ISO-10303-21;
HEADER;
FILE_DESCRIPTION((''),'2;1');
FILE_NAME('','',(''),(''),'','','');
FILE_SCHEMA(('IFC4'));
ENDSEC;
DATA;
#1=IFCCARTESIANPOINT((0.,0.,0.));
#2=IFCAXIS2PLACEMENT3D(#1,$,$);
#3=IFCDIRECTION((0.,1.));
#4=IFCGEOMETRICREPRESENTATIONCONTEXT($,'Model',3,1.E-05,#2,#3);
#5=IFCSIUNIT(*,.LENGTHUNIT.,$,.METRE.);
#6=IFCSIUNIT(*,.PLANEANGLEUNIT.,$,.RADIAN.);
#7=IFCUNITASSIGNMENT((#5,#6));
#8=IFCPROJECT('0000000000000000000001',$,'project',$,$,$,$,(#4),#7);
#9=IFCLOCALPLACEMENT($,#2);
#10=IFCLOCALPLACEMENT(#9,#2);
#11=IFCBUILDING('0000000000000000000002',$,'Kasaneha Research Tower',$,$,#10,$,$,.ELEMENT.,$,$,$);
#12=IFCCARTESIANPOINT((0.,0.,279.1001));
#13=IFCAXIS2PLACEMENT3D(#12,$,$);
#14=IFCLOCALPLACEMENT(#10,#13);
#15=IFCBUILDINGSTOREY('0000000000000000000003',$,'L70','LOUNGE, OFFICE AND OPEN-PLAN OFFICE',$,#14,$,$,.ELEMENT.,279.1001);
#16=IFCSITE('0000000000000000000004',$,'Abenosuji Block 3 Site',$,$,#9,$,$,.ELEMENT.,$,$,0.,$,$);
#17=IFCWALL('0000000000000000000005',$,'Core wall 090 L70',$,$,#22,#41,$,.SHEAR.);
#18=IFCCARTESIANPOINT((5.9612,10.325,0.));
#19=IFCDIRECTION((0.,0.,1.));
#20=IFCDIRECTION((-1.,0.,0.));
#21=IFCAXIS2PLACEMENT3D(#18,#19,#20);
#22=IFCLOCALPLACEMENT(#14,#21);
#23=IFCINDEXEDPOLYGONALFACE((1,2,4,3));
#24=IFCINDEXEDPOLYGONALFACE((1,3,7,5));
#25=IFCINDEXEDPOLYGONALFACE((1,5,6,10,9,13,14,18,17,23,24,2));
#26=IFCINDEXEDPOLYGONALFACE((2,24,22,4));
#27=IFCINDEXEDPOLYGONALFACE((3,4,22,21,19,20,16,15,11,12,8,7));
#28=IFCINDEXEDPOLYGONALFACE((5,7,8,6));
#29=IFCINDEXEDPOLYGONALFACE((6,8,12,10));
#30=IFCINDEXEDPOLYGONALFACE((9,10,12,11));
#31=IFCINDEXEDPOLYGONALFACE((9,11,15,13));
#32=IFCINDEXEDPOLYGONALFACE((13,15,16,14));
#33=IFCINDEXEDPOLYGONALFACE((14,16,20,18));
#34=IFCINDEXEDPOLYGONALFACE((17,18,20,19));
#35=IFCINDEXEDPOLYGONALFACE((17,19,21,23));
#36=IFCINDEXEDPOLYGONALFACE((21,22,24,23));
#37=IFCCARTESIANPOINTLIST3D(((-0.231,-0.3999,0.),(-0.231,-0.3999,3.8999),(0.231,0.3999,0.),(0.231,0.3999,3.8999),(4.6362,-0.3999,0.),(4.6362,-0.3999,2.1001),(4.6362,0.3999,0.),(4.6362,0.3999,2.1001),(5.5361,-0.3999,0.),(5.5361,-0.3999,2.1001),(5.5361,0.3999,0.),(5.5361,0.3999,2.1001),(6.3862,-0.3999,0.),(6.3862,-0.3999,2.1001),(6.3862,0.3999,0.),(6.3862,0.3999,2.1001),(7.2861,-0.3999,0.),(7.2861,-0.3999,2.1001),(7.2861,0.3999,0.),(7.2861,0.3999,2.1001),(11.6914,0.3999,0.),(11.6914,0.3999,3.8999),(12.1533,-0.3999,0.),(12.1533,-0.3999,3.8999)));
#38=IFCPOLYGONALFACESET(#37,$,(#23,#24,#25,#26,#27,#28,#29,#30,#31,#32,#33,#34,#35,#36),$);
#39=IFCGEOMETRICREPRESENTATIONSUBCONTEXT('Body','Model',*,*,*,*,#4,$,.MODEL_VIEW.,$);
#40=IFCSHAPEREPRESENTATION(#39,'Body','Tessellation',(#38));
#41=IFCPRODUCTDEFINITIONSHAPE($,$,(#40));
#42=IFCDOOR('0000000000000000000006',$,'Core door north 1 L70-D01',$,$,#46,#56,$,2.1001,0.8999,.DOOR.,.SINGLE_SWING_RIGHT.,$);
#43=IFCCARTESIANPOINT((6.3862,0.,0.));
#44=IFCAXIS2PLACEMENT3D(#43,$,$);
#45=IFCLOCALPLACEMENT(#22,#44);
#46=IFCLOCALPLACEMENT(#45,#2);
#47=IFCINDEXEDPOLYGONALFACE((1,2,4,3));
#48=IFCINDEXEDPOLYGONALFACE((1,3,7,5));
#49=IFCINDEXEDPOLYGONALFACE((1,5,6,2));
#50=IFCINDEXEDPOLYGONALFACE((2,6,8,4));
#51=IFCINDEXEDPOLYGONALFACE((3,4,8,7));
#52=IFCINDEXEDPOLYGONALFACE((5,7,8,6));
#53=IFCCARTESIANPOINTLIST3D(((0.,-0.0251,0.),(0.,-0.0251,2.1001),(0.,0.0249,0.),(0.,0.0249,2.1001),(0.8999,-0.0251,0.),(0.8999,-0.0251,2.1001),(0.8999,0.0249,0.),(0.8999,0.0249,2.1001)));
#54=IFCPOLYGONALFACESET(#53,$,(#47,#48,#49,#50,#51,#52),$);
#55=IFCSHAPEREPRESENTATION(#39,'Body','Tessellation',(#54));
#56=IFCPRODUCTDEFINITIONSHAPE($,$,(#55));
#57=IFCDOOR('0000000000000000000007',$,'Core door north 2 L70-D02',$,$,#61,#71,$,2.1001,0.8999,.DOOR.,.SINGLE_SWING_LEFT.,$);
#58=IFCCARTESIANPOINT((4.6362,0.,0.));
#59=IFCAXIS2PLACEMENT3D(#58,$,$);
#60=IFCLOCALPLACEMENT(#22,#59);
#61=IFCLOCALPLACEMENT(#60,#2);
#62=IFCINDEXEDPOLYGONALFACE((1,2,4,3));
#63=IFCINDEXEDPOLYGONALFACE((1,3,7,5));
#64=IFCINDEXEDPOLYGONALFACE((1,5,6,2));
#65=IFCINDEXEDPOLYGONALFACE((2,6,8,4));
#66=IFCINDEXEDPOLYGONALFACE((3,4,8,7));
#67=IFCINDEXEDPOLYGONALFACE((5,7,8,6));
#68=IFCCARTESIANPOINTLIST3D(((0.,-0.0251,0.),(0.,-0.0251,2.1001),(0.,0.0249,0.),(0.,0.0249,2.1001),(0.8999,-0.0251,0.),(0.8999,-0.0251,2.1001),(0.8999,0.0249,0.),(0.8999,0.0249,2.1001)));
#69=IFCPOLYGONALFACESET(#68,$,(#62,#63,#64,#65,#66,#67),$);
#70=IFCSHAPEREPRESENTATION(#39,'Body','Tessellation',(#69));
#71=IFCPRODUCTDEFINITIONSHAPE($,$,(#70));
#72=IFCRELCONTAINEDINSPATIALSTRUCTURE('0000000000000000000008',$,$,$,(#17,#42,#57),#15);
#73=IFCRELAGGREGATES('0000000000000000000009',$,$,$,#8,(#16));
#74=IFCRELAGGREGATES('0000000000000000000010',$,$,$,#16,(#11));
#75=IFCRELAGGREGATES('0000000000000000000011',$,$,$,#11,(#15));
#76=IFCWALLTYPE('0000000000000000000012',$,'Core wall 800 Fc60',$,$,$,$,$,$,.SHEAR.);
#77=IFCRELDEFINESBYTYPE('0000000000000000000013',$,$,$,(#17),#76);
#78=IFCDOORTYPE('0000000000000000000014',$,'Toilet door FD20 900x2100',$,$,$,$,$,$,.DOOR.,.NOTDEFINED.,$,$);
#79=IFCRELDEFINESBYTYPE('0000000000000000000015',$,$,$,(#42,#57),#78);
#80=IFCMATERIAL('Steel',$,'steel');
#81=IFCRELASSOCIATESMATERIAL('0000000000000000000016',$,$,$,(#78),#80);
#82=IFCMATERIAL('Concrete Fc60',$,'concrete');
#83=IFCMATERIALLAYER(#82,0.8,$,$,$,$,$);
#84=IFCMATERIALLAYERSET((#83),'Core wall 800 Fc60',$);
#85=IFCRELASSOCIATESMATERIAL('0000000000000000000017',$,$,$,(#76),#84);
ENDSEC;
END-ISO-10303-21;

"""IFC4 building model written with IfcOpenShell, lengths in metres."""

from ifc_helpers import new_model, si_unit, direction, frame, frame_2d, origin, place, context, subcontext, project, spatial, polyline, rectangle, outline, extrude, material, layer, layer_set, type_object, element, fill, save


model = new_model("IFC4")

# Units and contexts
model_context = context("Model", 3, precision=1e-05, world=origin(), true_north=direction((0.0, 1.0)))
body_context = subcontext(model_context, "Body", "Model", "MODEL_VIEW")
ifc_project = project(units=[si_unit("LENGTHUNIT", "METRE"), si_unit("PLANEANGLEUNIT", "RADIAN")], contexts=[model_context])

# Site, building, storey
site_placement = place(None, origin())
site = spatial("IfcSite", under=ifc_project, at=site_placement, Name="Abenosuji Block 3 Site", CompositionType="ELEMENT", RefElevation=0.0)
building_placement = place(site_placement, origin())
building = spatial("IfcBuilding", under=site, at=building_placement, Name="Kasaneha Research Tower", CompositionType="ELEMENT")
storey_placement = place(building_placement, frame((0.0, 0.0, 279.1001)))
storey = spatial("IfcBuildingStorey", under=building, at=storey_placement, Name="L70", Description="LOUNGE, OFFICE AND OPEN-PLAN OFFICE", CompositionType="ELEMENT", Elevation=279.1001)

# Shared definitions
ifc_material_1 = material(Name="Steel", Category="steel")
door_type_1 = type_object("IfcDoorType", Name="Toilet door FD20 900x2100", OperationType="NOTDEFINED", PredefinedType="DOOR", material=ifc_material_1)

# Wall, openings, doors
ifc_material_2 = material(Name="Concrete Fc60", Category="concrete")
ifc_layer_1 = layer(ifc_material_2, 0.8)
ifc_layer_set_1 = layer_set([ifc_layer_1], Name="Core wall 800 Fc60")
wall_type_1 = type_object("IfcWallType", Name="Core wall 800 Fc60", PredefinedType="SHEAR", material=ifc_layer_set_1)
wall_1_placement = place(storey_placement, frame((5.9612, 10.325, 0.0), z_axis=(0.0, 0.0, 1.0), x_axis=(-1.0, 0.0, 0.0)))
wall_1 = element("IfcWall", 1, at=wall_1_placement, inside=storey, type_object=wall_type_1, Name="Core wall 090 L70", PredefinedType="SHEAR", context=body_context, shape_type="SweptSolid", body=[
    extrude(outline(polyline([(-0.231, -0.3999), (4.6362, -0.3999), (5.5361, -0.3999), (6.3862, -0.3999), (7.2861, -0.3999), (12.1533, -0.3999), (11.6914, 0.3999), (7.2861, 0.3999), (6.3862, 0.3999), (5.5361, 0.3999), (4.6362, 0.3999), (0.231, 0.3999), (-0.231, -0.3999)])), origin(), (0.0, 0.0, 1.0), 3.8999),
])
opening_1_placement = place(wall_1_placement, frame((6.3862, 0.0, 0.0)))
opening_1 = element("IfcOpeningElement", 2, at=opening_1_placement, cuts=wall_1, PredefinedType="OPENING", context=body_context, shape_type="SweptSolid", body=[
    extrude(rectangle(XDim=0.8999, YDim=2.1001, at=frame_2d((0.45, 1.05))), frame((0.0, 0.4102, 0.0), z_axis=(0.0, -1.0, 0.0), x_axis=(1.0, 0.0, 0.0)), (0.0, 0.0, 1.0), 0.8201),
])
opening_2_placement = place(wall_1_placement, frame((4.6362, 0.0, 0.0)))
opening_2 = element("IfcOpeningElement", 3, at=opening_2_placement, cuts=wall_1, PredefinedType="OPENING", context=body_context, shape_type="SweptSolid", body=[
    extrude(rectangle(XDim=0.8999, YDim=2.1001, at=frame_2d((0.45, 1.05))), frame((0.0, 0.4102, 0.0), z_axis=(0.0, -1.0, 0.0), x_axis=(1.0, 0.0, 0.0)), (0.0, 0.0, 1.0), 0.8201),
])
door_1_placement = place(opening_1_placement, origin())
door_1 = element("IfcDoor", 4, at=door_1_placement, inside=storey, type_object=door_type_1, Name="Core door north 1 L70-D01", OperationType="SINGLE_SWING_RIGHT", OverallHeight=2.1001, OverallWidth=0.8999, PredefinedType="DOOR", context=body_context, shape_type="SweptSolid", body=[
    extrude(rectangle(XDim=0.8999, YDim=2.1001, at=frame_2d((0.45, 1.05))), frame((0.0, 0.0249, 0.0), z_axis=(0.0, -1.0, 0.0), x_axis=(1.0, 0.0, 0.0)), (0.0, 0.0, 1.0), 0.05),
])
fill(opening_1, door_1)
door_2_placement = place(opening_2_placement, origin())
door_2 = element("IfcDoor", 5, at=door_2_placement, inside=storey, type_object=door_type_1, Name="Core door north 2 L70-D02", OperationType="SINGLE_SWING_LEFT", OverallHeight=2.1001, OverallWidth=0.8999, PredefinedType="DOOR", context=body_context, shape_type="SweptSolid", body=[
    extrude(rectangle(XDim=0.8999, YDim=2.1001, at=frame_2d((0.45, 1.05))), frame((0.0, 0.0249, 0.0), z_axis=(0.0, -1.0, 0.0), x_axis=(1.0, 0.0, 0.0)), (0.0, 0.0, 1.0), 0.05),
])
fill(opening_2, door_2)

save(model, "model.ifc")
